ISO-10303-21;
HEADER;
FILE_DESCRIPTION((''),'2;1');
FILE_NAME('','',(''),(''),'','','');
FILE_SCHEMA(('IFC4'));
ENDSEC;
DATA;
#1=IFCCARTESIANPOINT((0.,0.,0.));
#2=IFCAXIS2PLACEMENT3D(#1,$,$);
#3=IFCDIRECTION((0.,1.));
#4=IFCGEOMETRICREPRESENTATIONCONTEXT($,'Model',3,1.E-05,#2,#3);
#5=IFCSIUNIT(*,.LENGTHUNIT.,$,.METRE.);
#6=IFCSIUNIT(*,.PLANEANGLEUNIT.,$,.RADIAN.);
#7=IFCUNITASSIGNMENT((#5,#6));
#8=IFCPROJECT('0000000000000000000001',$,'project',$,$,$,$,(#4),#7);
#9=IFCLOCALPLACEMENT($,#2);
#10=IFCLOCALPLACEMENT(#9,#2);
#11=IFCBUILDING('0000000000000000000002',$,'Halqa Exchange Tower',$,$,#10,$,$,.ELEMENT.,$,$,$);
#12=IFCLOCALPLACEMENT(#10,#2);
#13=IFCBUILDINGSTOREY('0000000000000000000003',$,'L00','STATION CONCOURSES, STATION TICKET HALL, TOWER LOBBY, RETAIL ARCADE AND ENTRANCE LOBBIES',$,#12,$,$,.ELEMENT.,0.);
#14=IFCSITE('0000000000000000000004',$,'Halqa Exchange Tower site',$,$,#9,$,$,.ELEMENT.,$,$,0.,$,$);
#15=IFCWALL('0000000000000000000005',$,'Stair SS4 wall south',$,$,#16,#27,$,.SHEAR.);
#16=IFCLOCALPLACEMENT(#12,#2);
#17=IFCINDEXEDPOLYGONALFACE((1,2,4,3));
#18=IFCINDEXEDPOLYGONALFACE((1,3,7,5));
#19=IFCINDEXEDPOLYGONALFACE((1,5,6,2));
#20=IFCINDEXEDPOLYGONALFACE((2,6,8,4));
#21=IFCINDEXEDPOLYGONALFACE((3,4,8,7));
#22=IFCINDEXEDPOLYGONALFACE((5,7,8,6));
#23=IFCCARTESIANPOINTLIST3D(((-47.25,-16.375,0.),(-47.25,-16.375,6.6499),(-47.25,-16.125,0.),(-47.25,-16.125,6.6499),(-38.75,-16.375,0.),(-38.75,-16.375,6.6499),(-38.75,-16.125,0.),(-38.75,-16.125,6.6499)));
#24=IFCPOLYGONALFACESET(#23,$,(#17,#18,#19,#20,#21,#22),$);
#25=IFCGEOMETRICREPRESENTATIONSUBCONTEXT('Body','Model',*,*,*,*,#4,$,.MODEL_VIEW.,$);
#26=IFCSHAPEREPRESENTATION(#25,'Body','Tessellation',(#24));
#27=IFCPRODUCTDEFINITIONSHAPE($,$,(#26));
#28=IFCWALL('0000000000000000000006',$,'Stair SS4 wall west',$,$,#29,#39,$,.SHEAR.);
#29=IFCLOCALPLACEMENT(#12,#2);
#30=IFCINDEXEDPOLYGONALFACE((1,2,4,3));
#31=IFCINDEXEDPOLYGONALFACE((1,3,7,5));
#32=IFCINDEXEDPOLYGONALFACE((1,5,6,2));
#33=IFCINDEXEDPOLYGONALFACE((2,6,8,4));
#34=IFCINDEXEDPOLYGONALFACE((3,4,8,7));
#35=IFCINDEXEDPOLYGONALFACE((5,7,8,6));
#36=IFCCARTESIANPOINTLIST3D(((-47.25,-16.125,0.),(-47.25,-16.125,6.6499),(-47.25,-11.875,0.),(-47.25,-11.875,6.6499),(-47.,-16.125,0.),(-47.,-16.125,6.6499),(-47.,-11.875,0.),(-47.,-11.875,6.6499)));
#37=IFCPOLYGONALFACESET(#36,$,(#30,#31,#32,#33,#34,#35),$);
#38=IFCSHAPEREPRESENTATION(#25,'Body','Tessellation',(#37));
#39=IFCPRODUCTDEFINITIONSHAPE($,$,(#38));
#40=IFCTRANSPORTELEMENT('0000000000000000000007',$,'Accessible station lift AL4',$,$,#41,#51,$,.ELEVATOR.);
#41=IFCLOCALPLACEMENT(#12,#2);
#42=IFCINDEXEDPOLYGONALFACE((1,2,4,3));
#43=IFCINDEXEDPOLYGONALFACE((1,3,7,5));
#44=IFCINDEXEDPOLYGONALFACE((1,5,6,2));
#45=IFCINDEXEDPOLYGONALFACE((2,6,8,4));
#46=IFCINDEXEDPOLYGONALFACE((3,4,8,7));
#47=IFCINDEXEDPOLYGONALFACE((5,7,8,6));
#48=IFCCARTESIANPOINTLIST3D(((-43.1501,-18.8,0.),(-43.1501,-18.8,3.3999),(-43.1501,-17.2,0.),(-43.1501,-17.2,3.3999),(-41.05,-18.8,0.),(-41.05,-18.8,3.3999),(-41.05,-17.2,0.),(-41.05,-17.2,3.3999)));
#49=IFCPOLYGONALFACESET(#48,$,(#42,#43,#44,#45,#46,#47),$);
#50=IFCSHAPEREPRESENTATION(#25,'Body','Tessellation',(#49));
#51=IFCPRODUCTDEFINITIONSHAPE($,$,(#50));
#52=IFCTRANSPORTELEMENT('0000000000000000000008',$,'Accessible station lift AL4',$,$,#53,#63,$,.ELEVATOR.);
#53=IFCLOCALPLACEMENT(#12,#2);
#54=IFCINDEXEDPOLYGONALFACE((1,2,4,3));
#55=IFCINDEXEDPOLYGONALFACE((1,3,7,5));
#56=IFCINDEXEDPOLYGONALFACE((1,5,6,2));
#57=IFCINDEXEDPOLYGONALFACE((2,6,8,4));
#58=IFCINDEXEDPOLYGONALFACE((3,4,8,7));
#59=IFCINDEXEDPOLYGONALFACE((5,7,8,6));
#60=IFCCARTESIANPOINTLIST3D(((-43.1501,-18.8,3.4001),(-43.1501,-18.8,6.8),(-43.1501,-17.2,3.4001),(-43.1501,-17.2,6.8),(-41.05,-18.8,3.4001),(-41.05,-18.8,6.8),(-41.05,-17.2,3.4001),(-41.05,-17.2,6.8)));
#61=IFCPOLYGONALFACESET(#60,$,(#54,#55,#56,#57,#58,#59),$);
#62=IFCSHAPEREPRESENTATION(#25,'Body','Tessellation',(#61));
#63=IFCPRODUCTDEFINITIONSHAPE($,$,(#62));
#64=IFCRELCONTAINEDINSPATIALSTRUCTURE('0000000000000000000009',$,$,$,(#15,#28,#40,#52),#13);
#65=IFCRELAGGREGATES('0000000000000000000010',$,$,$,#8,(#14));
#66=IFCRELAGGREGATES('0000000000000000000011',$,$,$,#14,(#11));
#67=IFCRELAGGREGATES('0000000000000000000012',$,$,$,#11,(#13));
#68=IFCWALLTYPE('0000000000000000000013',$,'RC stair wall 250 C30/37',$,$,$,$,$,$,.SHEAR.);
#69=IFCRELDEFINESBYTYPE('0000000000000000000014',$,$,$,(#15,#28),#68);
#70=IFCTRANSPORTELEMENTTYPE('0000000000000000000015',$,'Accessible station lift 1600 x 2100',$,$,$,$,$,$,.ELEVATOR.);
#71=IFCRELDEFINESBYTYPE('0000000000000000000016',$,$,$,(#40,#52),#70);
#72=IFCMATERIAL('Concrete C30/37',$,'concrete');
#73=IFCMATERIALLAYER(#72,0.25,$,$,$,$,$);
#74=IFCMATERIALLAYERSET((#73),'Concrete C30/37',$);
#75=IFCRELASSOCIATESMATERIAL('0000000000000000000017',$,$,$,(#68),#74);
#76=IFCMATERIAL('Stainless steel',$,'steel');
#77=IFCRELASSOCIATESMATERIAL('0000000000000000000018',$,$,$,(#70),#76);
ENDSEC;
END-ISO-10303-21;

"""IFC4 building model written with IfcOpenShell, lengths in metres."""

from ifc_helpers import new_model, si_unit, direction, frame, frame_2d, origin, origin_2d, place, context, subcontext, project, spatial, rectangle, extrude, material, layer, layer_set, type_object, element, save


model = new_model("IFC4")

# Units and contexts
model_context = context("Model", 3, precision=1e-05, world=origin(), true_north=direction((0.0, 1.0)))
body_context = subcontext(model_context, "Body", "Model", "MODEL_VIEW")
ifc_project = project(units=[si_unit("LENGTHUNIT", "METRE"), si_unit("PLANEANGLEUNIT", "RADIAN")], contexts=[model_context])

# Site, building, storey
site_placement = place(None, origin())
site = spatial("IfcSite", under=ifc_project, at=site_placement, Name="Halqa Exchange Tower site", CompositionType="ELEMENT", RefElevation=0.0)
building_placement = place(site_placement, origin())
building = spatial("IfcBuilding", under=site, at=building_placement, Name="Halqa Exchange Tower", CompositionType="ELEMENT")
storey_placement = place(building_placement, origin())
storey = spatial("IfcBuildingStorey", under=building, at=storey_placement, Name="L00", Description="STATION CONCOURSES, STATION TICKET HALL, TOWER LOBBY, RETAIL ARCADE AND ENTRANCE LOBBIES", CompositionType="ELEMENT", Elevation=0.0)

# Shared definitions
ifc_material_1 = material(Name="Stainless steel", Category="steel")

# Walls
ifc_material_2 = material(Name="Concrete C30/37", Category="concrete")
ifc_layer_1 = layer(ifc_material_2, 0.25)
ifc_layer_set_1 = layer_set([ifc_layer_1], Name="Concrete C30/37")
wall_type_1 = type_object("IfcWallType", Name="RC stair wall 250 C30/37", PredefinedType="SHEAR", material=ifc_layer_set_1)
for number, where, z_axis, x_axis, name in (
    (1, (-47.25, -16.25, 0.0), (0.0, 0.0, 1.0), (1.0, 0.0, 0.0), "Stair SS4 wall south"),
):
    element("IfcWall", number, at=place(storey_placement, frame(where, z_axis=z_axis, x_axis=x_axis)), inside=storey, type_object=wall_type_1, Name=name, PredefinedType="SHEAR", context=body_context, shape_type="SweptSolid", body=[
        extrude(rectangle(XDim=8.5, YDim=0.25, at=frame_2d((4.25, 0.0))), origin(), (0.0, 0.0, 1.0), 6.6499),
    ])
wall_1_placement = place(storey_placement, frame((-47.125, -16.125, 0.0), z_axis=(0.0, 0.0, 1.0), x_axis=(0.0, 1.0, 0.0)))
element("IfcWall", 2, at=wall_1_placement, inside=storey, type_object=wall_type_1, Name="Stair SS4 wall west", PredefinedType="SHEAR", context=body_context, shape_type="SweptSolid", body=[
    extrude(rectangle(XDim=4.25, YDim=0.25, at=frame_2d((2.125, 0.0))), origin(), (0.0, 0.0, 1.0), 6.6499),
])

# Transport elements
transport_element_type = type_object("IfcTransportElementType", Name="Accessible station lift 1600 x 2100", PredefinedType="ELEVATOR", material=ifc_material_1)
for number, where, z_axis, x_axis, name in (
    (3, (-42.1001, -18.0, 0.0), (0.0, 0.0, 1.0), (1.0, 0.0, 0.0), "Accessible station lift AL4"),
    (4, (-42.1001, -18.0, 3.4001), (0.0, 0.0, 1.0), (1.0, 0.0, 0.0), "Accessible station lift AL4"),
):
    element("IfcTransportElement", number, at=place(storey_placement, frame(where, z_axis=z_axis, x_axis=x_axis)), inside=storey, type_object=transport_element_type, Name=name, PredefinedType="ELEVATOR", context=body_context, shape_type="SweptSolid", body=[
        extrude(rectangle(XDim=2.1001, YDim=1.6001, at=origin_2d()), origin(), (0.0, 0.0, 1.0), 3.3999),
    ])

save(model, "model.ifc")
